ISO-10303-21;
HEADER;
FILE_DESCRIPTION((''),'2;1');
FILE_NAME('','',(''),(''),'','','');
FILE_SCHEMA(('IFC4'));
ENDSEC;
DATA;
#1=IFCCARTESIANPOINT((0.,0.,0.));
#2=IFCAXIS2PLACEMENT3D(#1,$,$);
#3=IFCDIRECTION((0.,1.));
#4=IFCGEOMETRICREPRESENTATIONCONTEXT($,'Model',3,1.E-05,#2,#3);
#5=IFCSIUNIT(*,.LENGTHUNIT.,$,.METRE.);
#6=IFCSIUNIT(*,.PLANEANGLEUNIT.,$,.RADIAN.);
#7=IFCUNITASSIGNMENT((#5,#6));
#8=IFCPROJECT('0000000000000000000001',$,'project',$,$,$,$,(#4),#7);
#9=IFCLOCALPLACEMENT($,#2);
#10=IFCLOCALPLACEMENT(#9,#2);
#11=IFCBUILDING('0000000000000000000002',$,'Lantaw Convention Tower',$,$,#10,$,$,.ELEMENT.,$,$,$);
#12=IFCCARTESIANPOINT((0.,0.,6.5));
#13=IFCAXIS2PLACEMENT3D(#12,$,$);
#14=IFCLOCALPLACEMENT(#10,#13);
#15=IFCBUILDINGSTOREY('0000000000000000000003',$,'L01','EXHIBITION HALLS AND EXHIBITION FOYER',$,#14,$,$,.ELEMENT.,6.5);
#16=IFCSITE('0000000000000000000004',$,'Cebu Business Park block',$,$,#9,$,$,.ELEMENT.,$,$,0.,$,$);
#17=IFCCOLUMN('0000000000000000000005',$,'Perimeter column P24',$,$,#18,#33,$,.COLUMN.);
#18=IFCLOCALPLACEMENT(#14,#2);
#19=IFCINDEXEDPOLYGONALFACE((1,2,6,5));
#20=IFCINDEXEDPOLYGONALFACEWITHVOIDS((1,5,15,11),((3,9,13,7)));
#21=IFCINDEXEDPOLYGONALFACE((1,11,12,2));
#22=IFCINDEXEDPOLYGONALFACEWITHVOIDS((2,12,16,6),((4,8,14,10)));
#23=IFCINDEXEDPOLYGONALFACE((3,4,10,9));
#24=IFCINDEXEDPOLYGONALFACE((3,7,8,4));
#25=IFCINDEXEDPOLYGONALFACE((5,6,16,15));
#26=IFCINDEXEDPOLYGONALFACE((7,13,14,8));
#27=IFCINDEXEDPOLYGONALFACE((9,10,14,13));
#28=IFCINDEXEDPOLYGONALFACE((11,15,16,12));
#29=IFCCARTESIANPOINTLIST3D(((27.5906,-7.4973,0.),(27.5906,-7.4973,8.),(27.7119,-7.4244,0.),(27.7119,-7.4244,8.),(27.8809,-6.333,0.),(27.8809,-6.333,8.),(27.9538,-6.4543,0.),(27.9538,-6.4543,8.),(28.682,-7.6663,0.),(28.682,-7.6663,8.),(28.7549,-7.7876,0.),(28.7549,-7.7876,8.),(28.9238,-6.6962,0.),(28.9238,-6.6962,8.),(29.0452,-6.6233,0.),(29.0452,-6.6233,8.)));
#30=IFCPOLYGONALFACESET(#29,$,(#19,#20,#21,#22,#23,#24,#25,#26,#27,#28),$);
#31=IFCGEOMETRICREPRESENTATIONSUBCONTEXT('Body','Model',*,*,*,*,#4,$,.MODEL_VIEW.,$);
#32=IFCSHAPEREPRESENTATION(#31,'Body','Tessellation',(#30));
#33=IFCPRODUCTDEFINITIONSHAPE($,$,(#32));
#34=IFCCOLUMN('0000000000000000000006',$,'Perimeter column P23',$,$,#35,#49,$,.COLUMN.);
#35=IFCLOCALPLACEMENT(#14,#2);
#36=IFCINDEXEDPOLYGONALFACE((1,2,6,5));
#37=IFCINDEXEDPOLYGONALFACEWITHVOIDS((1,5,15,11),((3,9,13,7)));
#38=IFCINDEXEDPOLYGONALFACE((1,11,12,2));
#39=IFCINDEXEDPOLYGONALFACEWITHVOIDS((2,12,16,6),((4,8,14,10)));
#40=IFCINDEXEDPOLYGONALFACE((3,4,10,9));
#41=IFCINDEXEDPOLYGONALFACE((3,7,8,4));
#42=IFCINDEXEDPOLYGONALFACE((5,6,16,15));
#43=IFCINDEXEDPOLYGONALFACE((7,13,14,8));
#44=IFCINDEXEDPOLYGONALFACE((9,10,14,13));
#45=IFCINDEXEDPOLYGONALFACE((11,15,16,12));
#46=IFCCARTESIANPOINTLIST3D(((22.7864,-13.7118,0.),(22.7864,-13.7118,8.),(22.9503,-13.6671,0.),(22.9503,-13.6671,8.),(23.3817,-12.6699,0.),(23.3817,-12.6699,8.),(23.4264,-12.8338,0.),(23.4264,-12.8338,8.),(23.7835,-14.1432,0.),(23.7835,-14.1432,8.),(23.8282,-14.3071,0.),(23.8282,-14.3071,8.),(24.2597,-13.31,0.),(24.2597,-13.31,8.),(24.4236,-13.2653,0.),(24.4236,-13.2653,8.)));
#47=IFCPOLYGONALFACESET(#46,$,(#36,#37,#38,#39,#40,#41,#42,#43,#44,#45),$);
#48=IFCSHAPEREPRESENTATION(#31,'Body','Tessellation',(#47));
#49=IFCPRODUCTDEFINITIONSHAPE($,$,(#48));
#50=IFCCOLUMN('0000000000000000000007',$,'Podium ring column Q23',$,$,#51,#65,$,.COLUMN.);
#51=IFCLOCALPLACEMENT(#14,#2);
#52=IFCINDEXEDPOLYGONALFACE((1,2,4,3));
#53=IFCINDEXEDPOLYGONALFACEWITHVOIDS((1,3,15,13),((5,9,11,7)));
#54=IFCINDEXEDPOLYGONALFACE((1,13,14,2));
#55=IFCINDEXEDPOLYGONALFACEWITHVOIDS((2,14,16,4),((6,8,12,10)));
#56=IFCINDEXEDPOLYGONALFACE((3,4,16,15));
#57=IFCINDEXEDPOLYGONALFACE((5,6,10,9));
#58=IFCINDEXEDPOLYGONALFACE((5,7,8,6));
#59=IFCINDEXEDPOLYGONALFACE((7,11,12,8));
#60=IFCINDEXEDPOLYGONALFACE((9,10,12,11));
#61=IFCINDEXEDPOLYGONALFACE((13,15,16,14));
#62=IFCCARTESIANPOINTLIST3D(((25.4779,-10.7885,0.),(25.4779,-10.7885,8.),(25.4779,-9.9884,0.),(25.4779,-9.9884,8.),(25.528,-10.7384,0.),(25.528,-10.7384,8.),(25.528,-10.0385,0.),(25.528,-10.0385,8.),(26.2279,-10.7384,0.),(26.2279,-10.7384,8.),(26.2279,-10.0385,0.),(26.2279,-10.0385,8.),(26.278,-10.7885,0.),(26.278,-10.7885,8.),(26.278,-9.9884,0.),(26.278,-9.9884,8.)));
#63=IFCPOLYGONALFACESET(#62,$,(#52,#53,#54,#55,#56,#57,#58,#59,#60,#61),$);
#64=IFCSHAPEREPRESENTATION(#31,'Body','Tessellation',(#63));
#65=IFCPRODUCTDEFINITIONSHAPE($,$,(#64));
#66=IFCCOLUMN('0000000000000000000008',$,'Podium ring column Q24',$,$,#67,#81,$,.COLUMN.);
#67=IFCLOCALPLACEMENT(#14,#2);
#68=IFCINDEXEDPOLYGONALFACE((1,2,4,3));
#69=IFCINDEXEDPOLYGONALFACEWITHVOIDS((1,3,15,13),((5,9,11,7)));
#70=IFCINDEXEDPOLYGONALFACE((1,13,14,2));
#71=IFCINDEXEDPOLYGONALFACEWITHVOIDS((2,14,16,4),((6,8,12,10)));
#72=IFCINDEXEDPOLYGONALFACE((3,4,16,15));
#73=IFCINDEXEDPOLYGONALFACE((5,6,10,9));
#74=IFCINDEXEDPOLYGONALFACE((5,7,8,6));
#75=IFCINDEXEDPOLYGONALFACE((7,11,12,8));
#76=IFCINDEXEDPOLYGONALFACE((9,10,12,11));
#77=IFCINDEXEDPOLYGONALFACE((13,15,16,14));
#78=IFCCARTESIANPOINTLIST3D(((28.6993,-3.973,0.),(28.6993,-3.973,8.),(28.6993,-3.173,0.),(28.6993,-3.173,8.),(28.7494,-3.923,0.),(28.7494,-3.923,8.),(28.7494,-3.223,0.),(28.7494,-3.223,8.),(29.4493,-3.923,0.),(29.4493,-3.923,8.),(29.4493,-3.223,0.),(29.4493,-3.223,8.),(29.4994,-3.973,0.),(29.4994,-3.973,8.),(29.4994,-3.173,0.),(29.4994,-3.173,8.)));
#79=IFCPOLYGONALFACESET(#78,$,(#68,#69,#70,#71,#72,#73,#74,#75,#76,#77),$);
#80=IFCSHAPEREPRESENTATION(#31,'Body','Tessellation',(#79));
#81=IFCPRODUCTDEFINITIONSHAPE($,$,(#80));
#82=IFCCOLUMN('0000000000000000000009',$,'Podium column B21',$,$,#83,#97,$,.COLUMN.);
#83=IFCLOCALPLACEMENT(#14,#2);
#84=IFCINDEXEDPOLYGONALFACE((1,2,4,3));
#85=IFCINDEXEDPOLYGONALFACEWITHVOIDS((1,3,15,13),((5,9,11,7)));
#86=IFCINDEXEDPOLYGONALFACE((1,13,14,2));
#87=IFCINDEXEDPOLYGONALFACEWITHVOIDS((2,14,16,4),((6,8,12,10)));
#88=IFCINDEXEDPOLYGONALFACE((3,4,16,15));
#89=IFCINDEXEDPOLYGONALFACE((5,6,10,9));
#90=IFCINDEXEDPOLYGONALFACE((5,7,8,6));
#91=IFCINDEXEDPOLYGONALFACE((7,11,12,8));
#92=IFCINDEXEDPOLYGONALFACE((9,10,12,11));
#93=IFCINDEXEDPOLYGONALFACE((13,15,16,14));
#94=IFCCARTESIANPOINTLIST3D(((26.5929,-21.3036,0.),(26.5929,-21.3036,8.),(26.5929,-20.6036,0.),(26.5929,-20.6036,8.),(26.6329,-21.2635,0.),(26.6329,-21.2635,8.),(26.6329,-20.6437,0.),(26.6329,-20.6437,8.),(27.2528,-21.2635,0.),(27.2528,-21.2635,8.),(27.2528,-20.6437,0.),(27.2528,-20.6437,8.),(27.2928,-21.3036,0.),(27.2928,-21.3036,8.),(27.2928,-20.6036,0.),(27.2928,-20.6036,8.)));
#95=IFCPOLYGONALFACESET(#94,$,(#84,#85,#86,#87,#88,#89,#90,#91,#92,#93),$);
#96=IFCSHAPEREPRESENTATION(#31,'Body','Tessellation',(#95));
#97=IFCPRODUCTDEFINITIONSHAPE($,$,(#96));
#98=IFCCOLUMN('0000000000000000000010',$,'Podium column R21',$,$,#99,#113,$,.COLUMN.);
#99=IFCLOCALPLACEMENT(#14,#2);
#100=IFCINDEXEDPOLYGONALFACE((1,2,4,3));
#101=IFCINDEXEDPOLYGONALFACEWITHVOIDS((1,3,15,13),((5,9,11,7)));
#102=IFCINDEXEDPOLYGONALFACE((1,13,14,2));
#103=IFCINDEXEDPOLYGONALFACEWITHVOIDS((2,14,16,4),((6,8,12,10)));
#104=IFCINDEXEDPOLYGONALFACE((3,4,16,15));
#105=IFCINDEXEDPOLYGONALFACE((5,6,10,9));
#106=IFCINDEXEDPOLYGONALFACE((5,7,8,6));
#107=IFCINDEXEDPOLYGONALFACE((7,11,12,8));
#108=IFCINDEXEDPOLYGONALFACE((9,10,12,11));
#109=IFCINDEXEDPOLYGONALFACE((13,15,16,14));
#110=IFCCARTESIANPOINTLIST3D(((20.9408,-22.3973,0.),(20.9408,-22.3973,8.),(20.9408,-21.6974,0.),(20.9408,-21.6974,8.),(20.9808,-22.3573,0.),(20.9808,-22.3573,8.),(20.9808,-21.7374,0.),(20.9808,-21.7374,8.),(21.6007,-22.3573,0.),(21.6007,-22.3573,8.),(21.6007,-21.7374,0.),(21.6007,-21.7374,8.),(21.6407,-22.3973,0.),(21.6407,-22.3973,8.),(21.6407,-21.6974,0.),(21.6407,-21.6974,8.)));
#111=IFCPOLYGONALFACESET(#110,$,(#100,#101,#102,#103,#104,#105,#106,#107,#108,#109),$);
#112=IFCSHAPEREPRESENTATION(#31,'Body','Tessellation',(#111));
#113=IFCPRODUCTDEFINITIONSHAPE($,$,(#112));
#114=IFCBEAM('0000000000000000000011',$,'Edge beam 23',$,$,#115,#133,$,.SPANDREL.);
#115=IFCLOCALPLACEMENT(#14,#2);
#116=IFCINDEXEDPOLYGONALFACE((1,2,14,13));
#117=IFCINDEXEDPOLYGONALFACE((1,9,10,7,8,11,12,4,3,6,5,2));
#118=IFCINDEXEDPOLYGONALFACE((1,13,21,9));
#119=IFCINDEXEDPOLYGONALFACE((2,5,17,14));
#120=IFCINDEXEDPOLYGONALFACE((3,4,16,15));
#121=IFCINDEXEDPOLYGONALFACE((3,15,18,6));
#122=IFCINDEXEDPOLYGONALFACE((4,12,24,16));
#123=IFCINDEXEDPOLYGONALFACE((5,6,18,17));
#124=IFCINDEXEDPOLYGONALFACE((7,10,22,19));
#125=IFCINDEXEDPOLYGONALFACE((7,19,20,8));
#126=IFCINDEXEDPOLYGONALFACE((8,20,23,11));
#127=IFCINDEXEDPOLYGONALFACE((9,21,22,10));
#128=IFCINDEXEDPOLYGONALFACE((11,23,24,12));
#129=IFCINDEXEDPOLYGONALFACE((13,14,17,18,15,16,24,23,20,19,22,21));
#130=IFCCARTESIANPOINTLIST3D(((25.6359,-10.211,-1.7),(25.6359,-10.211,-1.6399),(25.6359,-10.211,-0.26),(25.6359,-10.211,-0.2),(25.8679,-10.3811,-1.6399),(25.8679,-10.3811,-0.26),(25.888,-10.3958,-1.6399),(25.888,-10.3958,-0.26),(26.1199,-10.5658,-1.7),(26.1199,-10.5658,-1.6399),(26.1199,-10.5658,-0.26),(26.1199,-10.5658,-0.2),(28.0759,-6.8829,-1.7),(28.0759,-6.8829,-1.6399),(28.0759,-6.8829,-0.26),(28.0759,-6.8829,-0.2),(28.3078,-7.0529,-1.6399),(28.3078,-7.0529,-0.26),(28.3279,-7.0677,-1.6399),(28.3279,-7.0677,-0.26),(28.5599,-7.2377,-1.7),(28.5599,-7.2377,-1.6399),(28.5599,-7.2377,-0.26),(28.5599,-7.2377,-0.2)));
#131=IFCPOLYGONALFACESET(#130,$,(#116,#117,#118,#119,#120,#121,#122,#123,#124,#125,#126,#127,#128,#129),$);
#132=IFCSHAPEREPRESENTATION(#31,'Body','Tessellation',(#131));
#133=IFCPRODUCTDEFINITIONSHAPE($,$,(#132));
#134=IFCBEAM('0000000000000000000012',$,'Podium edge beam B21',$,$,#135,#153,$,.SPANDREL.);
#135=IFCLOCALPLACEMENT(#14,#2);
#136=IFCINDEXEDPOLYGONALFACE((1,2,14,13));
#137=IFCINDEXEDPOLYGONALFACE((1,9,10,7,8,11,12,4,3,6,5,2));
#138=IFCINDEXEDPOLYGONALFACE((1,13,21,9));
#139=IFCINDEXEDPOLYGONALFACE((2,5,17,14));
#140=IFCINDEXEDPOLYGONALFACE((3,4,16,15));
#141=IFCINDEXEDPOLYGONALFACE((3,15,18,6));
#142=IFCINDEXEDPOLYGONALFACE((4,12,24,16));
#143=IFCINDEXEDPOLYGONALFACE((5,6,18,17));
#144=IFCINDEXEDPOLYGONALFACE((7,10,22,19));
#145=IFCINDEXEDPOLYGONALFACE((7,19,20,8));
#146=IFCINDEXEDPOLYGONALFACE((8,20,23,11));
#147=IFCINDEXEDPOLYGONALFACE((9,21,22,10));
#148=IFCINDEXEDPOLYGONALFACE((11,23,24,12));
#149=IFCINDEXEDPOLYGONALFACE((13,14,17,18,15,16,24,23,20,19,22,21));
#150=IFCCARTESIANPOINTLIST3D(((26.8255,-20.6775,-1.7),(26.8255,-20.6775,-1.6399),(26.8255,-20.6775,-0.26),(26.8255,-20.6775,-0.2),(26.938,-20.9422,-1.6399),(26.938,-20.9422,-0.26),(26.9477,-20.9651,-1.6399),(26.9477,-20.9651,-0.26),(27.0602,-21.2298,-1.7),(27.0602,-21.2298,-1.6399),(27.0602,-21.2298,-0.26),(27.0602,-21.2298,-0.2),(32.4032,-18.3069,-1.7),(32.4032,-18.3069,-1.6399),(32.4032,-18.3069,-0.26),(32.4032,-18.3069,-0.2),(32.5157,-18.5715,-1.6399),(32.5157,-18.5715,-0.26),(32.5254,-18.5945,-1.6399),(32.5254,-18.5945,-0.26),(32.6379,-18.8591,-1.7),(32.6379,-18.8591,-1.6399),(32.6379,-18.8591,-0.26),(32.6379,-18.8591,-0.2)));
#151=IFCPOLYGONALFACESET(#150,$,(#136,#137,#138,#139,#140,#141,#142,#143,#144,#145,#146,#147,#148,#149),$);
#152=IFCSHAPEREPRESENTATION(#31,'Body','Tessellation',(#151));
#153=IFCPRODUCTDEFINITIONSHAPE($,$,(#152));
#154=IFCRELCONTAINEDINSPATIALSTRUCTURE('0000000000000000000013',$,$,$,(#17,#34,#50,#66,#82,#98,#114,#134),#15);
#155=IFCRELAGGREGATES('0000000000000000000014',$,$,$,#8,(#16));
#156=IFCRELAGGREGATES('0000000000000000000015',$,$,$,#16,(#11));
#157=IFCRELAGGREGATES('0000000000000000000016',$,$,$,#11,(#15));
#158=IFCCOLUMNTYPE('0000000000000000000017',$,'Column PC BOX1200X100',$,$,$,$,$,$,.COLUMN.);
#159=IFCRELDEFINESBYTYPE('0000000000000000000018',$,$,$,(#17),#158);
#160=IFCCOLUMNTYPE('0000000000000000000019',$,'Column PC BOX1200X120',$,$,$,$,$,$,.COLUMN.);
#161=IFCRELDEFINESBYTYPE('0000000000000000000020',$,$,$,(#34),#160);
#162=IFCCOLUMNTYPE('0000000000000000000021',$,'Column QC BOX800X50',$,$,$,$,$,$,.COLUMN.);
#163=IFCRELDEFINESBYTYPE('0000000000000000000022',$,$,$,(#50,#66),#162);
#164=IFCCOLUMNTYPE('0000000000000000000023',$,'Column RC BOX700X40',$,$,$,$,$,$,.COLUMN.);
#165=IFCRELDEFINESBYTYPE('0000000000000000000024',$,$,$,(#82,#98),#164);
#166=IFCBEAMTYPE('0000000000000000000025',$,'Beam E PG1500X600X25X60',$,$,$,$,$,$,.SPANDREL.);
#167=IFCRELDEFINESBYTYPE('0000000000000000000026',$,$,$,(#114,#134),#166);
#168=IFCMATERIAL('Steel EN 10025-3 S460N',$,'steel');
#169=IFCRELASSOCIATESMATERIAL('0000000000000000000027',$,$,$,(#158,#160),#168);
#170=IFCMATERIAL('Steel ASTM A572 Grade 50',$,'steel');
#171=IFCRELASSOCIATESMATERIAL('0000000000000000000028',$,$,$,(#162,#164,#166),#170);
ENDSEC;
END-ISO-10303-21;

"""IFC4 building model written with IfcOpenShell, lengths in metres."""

from ifc_helpers import new_model, si_unit, direction, frame, origin, origin_2d, place, context, subcontext, project, spatial, rectangle, hollow_rectangle, i_section, extrude, material, material_profile, profile_set, type_object, element, save


model = new_model("IFC4")

# Units and contexts
model_context = context("Model", 3, precision=1e-05, world=origin(), true_north=direction((0.0, 1.0)))
body_context = subcontext(model_context, "Body", "Model", "MODEL_VIEW")
ifc_project = project(units=[si_unit("LENGTHUNIT", "METRE"), si_unit("PLANEANGLEUNIT", "RADIAN")], contexts=[model_context])

# Site, building, storey
site_placement = place(None, origin())
site = spatial("IfcSite", under=ifc_project, at=site_placement, Name="Cebu Business Park block", CompositionType="ELEMENT", RefElevation=0.0)
building_placement = place(site_placement, origin())
building = spatial("IfcBuilding", under=site, at=building_placement, Name="Lantaw Convention Tower", CompositionType="ELEMENT")
storey_placement = place(building_placement, frame((0.0, 0.0, 6.5)))
storey = spatial("IfcBuildingStorey", under=building, at=storey_placement, Name="L01", Description="EXHIBITION HALLS AND EXHIBITION FOYER", CompositionType="ELEMENT", Elevation=6.5)

# Columns
ifc_material_1 = material(Name="Steel EN 10025-3 S460N", Category="steel")
ifc_material_profile_1 = material_profile(ifc_material_1, hollow_rectangle(XDim=1.2, YDim=1.2, WallThickness=0.1001, at=origin_2d()), Name="BOX1200X100")
ifc_material_2 = material(Name="Concrete C60/75", Category="concrete")
ifc_material_profile_2 = material_profile(ifc_material_2, rectangle(XDim=1.0, YDim=1.0, at=origin_2d()), Name="Concrete fill of BOX1200X100")
ifc_profile_set_1 = profile_set([ifc_material_profile_1, ifc_material_profile_2], Name="Steel EN 10025-3 S460N")
column_type_1 = type_object("IfcColumnType", Name="Column PC BOX1200X100", PredefinedType="COLUMN", material=ifc_profile_set_1)
column_1_placement = place(storey_placement, frame((28.3179, -7.0603, 0.0), z_axis=(0.0, 0.0, 1.0), x_axis=(0.241922, 0.970296, 0.0)))
element("IfcColumn", 1, at=column_1_placement, inside=storey, type_object=column_type_1, Name="Perimeter column P24", PredefinedType="COLUMN", context=body_context, shape_type="SweptSolid", body=[
    extrude(hollow_rectangle(XDim=1.2, YDim=1.2, WallThickness=0.1001, at=origin_2d()), origin(), (0.0, 0.0, 1.0), 8.0),
])
ifc_material_profile_3 = material_profile(ifc_material_1, hollow_rectangle(XDim=1.2, YDim=1.2, WallThickness=0.1201, at=origin_2d()), Name="BOX1200X120")
ifc_material_profile_4 = material_profile(ifc_material_2, rectangle(XDim=0.96, YDim=0.96, at=origin_2d()), Name="Concrete fill of BOX1200X120")
ifc_profile_set_2 = profile_set([ifc_material_profile_3, ifc_material_profile_4], Name="Steel EN 10025-3 S460N")
column_type_2 = type_object("IfcColumnType", Name="Column PC BOX1200X120", PredefinedType="COLUMN", material=ifc_profile_set_2)
column_2_placement = place(storey_placement, frame((23.605, -13.4885, 0.0), z_axis=(0.0, 0.0, 1.0), x_axis=(0.496139, 0.868243, 0.0)))
element("IfcColumn", 2, at=column_2_placement, inside=storey, type_object=column_type_2, Name="Perimeter column P23", PredefinedType="COLUMN", context=body_context, shape_type="SweptSolid", body=[
    extrude(hollow_rectangle(XDim=1.2, YDim=1.2, WallThickness=0.1201, at=origin_2d()), origin(), (0.0, 0.0, 1.0), 8.0),
])
ifc_material_3 = material(Name="Steel ASTM A572 Grade 50", Category="steel")
ifc_material_profile_5 = material_profile(ifc_material_3, hollow_rectangle(XDim=0.8, YDim=0.8, WallThickness=0.05, at=origin_2d()), Name="BOX800X50")
ifc_profile_set_3 = profile_set([ifc_material_profile_5], Name="Steel ASTM A572 Grade 50")
column_type_3 = type_object("IfcColumnType", Name="Column QC BOX800X50", PredefinedType="COLUMN", material=ifc_profile_set_3)
for number, where, z_axis, x_axis, name in (
    (3, (25.8779, -10.3884, 0.0), (0.0, 0.0, 1.0), (1.0, 0.0, 0.0), "Podium ring column Q23"),
    (4, (29.0994, -3.573, 0.0), (0.0, 0.0, 1.0), (1.0, 0.0, 0.0), "Podium ring column Q24"),
):
    element("IfcColumn", number, at=place(storey_placement, frame(where, z_axis=z_axis, x_axis=x_axis)), inside=storey, type_object=column_type_3, Name=name, PredefinedType="COLUMN", context=body_context, shape_type="SweptSolid", body=[
        extrude(hollow_rectangle(XDim=0.8, YDim=0.8, WallThickness=0.05, at=origin_2d()), origin(), (0.0, 0.0, 1.0), 8.0),
    ])
ifc_material_profile_6 = material_profile(ifc_material_3, hollow_rectangle(XDim=0.7, YDim=0.7, WallThickness=0.04, at=origin_2d()), Name="BOX700X40")
ifc_profile_set_4 = profile_set([ifc_material_profile_6], Name="Steel ASTM A572 Grade 50")
column_type_4 = type_object("IfcColumnType", Name="Column RC BOX700X40", PredefinedType="COLUMN", material=ifc_profile_set_4)
for number, where, z_axis, x_axis, name in (
    (5, (26.9429, -20.9536, 0.0), (0.0, 0.0, 1.0), (1.0, 0.0, 0.0), "Podium column B21"),
    (6, (21.2908, -22.0474, 0.0), (0.0, 0.0, 1.0), (1.0, 0.0, 0.0), "Podium column R21"),
):
    element("IfcColumn", number, at=place(storey_placement, frame(where, z_axis=z_axis, x_axis=x_axis)), inside=storey, type_object=column_type_4, Name=name, PredefinedType="COLUMN", context=body_context, shape_type="SweptSolid", body=[
        extrude(hollow_rectangle(XDim=0.7, YDim=0.7, WallThickness=0.04, at=origin_2d()), origin(), (0.0, 0.0, 1.0), 8.0),
    ])

# Beams
ifc_material_profile_7 = material_profile(ifc_material_3, i_section(OverallWidth=0.6001, OverallDepth=1.5, WebThickness=0.0249, FlangeThickness=0.0601, at=origin_2d()), Name="PG1500X600X25X60")
ifc_profile_set_5 = profile_set([ifc_material_profile_7], Name="Steel ASTM A572 Grade 50")
beam_type_1 = type_object("IfcBeamType", Name="Beam E PG1500X600X25X60", PredefinedType="SPANDREL", material=ifc_profile_set_5)
beam_1_placement = place(storey_placement, frame((25.8779, -10.3884, -0.95), z_axis=(0.591256, 0.806484, 0.0), x_axis=(-0.806484, 0.591256, 0.0)))
element("IfcBeam", 7, at=beam_1_placement, inside=storey, type_object=beam_type_1, Name="Edge beam 23", PredefinedType="SPANDREL", context=body_context, shape_type="SweptSolid", body=[
    extrude(i_section(OverallWidth=0.6001, OverallDepth=1.5, WebThickness=0.0249, FlangeThickness=0.0601, at=origin_2d()), origin(), (0.0, 0.0, 1.0), 4.1267),
])
beam_2_placement = place(storey_placement, frame((26.9429, -20.9536, -0.95), z_axis=(0.920324, 0.391156, 0.0), x_axis=(-0.391156, 0.920324, 0.0)))
element("IfcBeam", 8, at=beam_2_placement, inside=storey, type_object=beam_type_1, Name="Podium edge beam B21", PredefinedType="SPANDREL", context=body_context, shape_type="SweptSolid", body=[
    extrude(i_section(OverallWidth=0.6001, OverallDepth=1.5, WebThickness=0.0249, FlangeThickness=0.0601, at=origin_2d()), origin(), (0.0, 0.0, 1.0), 6.0605),
])

save(model, "model.ifc")
